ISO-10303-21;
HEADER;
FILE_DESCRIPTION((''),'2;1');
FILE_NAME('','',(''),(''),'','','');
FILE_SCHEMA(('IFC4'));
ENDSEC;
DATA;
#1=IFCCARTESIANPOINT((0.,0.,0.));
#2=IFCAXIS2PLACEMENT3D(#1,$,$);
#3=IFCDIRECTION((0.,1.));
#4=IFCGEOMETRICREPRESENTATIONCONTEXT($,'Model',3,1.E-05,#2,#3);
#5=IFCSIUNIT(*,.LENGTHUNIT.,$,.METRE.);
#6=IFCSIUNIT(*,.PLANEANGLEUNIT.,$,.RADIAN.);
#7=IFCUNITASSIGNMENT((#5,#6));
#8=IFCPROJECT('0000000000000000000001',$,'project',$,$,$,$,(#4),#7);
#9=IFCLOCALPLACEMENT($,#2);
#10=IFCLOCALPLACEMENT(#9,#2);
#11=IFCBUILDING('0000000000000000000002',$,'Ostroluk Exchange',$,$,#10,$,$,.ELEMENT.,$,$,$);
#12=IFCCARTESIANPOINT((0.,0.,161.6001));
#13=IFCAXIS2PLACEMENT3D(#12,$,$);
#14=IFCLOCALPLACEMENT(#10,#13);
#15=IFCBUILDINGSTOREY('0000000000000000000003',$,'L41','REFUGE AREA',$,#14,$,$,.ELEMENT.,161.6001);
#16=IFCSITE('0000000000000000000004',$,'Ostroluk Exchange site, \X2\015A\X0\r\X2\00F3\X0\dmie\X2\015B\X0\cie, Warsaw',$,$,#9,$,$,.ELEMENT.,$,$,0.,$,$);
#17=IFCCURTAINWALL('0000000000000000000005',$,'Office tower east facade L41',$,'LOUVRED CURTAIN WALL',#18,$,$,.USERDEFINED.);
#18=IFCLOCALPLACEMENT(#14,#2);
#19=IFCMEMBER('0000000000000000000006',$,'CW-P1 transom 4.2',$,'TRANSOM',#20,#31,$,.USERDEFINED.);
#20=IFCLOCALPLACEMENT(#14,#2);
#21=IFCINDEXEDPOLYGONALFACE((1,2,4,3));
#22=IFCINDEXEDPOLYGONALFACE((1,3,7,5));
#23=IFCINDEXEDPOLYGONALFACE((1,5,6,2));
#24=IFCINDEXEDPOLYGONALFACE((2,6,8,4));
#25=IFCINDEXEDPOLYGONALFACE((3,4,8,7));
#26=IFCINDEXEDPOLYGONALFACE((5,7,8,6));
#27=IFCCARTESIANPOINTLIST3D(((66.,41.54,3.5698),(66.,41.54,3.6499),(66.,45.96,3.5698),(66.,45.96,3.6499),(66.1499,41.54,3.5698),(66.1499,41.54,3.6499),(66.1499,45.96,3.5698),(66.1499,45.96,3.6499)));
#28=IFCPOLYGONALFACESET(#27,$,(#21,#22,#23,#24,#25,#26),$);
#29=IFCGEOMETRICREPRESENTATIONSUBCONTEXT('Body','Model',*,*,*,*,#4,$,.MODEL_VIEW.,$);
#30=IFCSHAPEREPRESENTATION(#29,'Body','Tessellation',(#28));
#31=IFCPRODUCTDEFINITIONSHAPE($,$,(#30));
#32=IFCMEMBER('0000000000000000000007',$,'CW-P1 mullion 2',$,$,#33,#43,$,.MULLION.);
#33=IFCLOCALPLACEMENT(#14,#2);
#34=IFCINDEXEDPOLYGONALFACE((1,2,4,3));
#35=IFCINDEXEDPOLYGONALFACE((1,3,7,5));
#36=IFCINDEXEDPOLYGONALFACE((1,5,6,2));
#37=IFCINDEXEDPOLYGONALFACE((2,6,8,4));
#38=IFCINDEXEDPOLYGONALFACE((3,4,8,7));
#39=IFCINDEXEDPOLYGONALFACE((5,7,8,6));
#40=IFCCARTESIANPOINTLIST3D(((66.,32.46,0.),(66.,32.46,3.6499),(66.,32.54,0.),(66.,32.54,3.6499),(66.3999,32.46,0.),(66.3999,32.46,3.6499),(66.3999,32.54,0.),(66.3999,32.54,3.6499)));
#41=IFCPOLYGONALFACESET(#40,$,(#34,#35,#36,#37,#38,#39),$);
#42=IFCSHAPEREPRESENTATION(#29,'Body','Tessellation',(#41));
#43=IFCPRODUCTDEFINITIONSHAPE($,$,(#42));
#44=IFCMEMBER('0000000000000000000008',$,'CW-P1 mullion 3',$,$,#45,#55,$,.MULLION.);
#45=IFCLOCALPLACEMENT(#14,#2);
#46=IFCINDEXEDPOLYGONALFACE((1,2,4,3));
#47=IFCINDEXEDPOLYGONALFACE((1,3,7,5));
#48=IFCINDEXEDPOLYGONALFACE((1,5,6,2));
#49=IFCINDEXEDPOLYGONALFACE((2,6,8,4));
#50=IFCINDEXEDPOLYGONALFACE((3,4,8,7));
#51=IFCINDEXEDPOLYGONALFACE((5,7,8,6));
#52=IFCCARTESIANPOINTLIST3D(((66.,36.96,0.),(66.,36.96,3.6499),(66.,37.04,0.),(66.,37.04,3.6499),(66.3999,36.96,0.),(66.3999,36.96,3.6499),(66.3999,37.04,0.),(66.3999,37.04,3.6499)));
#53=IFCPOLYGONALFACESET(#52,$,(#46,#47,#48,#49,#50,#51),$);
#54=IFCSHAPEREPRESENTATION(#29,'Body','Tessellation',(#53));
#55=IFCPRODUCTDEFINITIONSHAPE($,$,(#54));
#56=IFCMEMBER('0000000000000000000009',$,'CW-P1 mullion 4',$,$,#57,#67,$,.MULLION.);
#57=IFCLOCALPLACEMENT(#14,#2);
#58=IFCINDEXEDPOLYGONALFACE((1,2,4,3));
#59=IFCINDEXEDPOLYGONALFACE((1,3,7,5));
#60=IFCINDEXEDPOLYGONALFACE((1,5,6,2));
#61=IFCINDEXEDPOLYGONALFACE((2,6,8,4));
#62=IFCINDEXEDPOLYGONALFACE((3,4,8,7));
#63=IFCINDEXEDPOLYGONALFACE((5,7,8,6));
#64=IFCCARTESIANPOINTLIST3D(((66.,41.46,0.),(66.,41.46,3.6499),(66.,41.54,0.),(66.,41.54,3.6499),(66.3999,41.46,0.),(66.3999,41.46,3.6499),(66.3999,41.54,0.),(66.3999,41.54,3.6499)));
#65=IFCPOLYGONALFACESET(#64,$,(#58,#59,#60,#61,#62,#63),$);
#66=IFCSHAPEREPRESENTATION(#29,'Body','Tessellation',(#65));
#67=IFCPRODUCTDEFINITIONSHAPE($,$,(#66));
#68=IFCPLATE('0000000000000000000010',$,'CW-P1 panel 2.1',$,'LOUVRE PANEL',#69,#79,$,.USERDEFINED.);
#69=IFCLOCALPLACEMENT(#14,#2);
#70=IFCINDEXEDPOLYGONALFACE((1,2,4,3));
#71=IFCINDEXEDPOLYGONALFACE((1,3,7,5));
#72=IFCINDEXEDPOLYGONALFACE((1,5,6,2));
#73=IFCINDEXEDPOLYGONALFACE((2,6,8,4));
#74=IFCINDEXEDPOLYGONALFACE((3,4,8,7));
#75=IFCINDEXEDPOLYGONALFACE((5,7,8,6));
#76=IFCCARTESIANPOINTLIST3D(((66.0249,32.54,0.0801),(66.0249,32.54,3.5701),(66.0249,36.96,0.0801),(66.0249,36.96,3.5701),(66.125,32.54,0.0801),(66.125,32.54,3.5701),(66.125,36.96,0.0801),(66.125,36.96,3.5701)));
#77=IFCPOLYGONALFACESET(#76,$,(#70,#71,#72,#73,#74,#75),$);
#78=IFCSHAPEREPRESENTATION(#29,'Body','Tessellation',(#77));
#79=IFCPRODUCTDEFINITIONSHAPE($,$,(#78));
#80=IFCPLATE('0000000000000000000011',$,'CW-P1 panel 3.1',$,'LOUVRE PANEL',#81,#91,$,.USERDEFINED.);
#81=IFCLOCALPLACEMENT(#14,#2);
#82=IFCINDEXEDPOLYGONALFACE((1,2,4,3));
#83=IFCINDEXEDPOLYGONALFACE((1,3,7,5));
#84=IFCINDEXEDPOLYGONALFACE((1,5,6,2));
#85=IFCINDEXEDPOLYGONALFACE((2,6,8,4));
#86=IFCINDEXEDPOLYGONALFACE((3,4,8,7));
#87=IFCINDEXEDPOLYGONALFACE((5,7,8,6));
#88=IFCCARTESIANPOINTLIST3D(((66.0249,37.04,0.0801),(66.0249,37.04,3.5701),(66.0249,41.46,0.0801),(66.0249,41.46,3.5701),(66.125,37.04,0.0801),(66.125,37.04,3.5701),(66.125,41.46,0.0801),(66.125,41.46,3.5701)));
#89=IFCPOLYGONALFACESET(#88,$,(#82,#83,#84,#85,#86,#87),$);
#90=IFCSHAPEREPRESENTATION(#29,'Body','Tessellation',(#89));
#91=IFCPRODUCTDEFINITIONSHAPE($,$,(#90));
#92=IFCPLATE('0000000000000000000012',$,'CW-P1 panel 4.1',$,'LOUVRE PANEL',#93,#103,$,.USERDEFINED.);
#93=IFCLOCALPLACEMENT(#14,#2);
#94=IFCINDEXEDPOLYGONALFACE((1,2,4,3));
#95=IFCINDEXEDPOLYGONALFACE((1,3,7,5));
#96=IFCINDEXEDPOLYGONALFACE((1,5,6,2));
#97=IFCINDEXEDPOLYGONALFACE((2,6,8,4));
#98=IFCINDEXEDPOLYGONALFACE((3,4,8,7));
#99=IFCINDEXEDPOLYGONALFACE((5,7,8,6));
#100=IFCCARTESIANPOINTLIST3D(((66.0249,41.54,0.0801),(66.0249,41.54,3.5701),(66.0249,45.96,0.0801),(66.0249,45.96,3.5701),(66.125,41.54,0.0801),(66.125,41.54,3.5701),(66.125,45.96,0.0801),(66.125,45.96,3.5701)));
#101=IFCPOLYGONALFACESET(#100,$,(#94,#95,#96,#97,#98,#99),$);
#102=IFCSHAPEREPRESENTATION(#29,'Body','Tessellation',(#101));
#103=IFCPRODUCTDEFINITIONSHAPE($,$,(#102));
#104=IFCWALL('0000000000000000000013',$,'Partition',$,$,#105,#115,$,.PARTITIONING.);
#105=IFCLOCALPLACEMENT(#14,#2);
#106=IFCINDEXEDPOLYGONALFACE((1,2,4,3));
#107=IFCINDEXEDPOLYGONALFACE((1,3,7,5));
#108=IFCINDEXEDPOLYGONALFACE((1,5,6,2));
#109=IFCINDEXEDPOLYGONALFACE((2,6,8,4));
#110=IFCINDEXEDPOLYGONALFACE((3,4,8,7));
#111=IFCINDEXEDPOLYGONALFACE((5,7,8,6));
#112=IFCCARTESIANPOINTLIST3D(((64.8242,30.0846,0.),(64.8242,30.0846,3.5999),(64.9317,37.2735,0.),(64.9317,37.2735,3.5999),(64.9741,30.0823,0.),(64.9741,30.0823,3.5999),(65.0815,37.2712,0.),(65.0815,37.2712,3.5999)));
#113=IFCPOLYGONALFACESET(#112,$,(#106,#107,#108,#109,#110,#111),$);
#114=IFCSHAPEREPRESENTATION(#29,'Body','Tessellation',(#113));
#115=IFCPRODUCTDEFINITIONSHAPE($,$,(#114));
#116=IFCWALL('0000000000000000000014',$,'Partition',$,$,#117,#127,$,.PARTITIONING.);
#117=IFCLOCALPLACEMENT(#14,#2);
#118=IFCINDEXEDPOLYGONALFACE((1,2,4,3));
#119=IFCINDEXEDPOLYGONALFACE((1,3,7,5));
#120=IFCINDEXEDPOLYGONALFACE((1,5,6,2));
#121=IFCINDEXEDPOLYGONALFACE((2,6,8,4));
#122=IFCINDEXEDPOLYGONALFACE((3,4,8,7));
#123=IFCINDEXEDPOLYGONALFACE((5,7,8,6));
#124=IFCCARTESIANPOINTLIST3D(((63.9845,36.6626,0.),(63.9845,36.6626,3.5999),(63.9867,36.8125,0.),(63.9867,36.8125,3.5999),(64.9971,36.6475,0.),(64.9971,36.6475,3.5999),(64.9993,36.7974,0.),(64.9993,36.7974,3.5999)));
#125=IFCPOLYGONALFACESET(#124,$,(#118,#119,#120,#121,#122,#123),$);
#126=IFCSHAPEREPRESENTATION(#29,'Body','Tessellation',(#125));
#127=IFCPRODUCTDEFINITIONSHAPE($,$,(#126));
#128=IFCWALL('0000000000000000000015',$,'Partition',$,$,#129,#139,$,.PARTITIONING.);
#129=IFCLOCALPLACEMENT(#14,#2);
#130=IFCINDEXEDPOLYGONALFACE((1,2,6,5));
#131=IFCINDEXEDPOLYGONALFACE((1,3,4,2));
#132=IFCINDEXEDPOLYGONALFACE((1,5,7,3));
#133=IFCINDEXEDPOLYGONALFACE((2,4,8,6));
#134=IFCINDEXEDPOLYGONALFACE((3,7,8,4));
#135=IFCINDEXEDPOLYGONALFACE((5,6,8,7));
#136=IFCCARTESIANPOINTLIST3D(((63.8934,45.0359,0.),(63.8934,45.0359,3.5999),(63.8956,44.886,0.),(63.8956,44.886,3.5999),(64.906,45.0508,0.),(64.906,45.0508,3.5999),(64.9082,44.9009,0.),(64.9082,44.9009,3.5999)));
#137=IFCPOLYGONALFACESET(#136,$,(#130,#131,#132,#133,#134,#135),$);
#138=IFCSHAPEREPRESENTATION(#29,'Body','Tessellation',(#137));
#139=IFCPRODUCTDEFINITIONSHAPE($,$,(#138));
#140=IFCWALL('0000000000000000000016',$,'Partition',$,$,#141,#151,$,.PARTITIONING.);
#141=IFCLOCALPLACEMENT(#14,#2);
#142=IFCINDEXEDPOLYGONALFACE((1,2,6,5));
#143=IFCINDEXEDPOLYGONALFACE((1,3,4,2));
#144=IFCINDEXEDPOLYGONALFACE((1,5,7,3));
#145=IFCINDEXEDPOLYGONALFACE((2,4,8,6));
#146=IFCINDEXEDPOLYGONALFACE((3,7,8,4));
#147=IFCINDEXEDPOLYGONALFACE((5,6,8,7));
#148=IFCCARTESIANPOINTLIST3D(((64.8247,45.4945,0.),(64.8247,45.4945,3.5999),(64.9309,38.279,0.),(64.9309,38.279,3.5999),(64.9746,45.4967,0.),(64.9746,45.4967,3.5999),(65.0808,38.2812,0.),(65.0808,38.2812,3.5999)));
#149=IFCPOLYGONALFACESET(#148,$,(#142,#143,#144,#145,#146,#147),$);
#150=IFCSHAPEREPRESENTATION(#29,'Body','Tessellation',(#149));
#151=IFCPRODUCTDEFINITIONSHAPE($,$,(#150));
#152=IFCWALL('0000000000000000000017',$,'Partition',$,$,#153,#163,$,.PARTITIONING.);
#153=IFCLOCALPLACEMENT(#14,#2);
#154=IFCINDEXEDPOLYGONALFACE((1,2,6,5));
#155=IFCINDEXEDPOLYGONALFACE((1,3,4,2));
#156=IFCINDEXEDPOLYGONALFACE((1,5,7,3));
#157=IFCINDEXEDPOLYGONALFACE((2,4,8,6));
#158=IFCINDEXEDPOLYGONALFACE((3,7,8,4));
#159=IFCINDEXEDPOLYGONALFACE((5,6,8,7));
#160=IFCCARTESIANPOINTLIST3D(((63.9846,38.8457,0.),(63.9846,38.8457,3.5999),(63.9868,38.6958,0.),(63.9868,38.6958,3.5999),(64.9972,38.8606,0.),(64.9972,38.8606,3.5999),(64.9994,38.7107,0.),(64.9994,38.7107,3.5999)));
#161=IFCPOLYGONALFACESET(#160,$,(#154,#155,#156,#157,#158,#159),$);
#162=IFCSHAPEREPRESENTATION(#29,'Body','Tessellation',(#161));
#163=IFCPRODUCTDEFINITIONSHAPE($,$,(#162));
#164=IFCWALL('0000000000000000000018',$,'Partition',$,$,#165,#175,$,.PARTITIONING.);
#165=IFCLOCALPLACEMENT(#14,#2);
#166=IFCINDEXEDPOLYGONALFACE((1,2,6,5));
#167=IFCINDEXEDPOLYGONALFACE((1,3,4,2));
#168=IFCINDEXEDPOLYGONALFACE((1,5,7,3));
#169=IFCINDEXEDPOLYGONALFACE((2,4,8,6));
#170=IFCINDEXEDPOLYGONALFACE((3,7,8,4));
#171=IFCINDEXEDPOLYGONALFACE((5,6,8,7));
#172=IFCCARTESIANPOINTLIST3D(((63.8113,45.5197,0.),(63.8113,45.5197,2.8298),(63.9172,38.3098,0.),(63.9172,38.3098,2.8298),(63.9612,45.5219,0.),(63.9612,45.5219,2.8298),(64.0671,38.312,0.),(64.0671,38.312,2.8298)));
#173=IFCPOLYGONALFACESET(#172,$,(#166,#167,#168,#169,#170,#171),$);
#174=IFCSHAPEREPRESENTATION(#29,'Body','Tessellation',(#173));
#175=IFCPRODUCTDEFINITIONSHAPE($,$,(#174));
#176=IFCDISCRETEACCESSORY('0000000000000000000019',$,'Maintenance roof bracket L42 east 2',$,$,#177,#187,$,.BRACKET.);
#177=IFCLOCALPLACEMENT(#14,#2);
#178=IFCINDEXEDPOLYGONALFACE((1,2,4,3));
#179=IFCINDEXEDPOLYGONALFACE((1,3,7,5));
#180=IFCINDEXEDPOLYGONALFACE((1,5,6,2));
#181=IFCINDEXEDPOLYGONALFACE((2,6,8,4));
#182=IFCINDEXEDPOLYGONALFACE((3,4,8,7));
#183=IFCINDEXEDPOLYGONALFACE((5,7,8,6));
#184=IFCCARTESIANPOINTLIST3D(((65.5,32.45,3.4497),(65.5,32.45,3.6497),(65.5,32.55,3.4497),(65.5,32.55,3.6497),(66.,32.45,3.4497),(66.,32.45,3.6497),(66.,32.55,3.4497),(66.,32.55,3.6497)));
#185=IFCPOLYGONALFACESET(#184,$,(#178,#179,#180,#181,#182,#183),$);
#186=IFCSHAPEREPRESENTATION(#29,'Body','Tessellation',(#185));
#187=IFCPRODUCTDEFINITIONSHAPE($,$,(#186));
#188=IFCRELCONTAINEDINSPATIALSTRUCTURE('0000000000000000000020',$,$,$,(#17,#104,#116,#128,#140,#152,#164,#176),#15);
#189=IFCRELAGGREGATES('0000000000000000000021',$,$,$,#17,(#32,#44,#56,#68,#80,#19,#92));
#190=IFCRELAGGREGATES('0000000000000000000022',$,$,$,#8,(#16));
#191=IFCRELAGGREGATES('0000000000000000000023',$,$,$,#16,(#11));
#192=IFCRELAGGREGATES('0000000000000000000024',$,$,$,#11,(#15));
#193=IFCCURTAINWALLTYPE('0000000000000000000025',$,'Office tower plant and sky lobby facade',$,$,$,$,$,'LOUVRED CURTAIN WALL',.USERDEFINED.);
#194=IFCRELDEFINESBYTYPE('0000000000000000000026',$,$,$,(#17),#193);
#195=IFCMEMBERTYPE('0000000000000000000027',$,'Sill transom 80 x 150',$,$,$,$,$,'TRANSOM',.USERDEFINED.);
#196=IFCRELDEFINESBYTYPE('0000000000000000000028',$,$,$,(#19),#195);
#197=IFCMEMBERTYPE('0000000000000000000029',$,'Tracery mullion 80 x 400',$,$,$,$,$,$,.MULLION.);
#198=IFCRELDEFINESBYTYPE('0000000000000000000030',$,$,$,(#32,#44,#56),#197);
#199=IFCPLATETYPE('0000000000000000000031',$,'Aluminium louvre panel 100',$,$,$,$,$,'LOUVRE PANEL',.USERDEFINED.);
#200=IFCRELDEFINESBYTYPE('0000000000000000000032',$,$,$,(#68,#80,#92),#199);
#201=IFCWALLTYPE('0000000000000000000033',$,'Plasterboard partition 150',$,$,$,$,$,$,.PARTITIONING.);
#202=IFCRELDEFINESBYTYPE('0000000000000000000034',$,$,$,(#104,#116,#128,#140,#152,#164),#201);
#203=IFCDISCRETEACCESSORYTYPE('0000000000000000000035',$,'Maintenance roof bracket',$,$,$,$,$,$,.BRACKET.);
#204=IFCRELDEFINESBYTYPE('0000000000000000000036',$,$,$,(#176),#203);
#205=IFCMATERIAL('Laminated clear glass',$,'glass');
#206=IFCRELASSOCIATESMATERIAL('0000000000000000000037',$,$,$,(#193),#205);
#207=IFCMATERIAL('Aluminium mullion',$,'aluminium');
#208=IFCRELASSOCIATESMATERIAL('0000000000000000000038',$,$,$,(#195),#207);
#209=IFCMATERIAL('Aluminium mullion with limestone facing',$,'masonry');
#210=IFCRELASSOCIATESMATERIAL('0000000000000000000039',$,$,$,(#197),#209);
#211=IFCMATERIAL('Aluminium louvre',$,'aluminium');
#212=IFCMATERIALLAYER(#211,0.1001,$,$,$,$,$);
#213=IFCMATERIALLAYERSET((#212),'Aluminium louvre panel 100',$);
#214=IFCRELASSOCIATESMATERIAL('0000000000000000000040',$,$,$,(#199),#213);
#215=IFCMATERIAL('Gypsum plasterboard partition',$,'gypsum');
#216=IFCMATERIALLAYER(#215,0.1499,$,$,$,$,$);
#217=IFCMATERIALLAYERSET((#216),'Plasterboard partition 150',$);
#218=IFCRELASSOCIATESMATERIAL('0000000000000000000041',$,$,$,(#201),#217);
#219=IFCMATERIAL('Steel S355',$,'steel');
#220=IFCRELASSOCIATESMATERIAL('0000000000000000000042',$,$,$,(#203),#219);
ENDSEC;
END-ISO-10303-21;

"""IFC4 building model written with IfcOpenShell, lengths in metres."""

from ifc_helpers import new_model, si_unit, direction, frame, frame_2d, origin, origin_2d, place, context, subcontext, project, spatial, rectangle, extrude, material, layer, layer_set, material_profile, profile_set, type_object, element, aggregate, save


model = new_model("IFC4")

# Units and contexts
model_context = context("Model", 3, precision=1e-05, world=origin(), true_north=direction((0.0, 1.0)))
body_context = subcontext(model_context, "Body", "Model", "MODEL_VIEW")
ifc_project = project(units=[si_unit("LENGTHUNIT", "METRE"), si_unit("PLANEANGLEUNIT", "RADIAN")], contexts=[model_context])

# Site, building, storey
site_placement = place(None, origin())
site = spatial("IfcSite", under=ifc_project, at=site_placement, Name="Ostroluk Exchange site, Śródmieście, Warsaw", CompositionType="ELEMENT", RefElevation=0.0)
building_placement = place(site_placement, origin())
building = spatial("IfcBuilding", under=site, at=building_placement, Name="Ostroluk Exchange", CompositionType="ELEMENT")
storey_placement = place(building_placement, frame((0.0, 0.0, 161.6001)))
storey = spatial("IfcBuildingStorey", under=building, at=storey_placement, Name="L41", Description="REFUGE AREA", CompositionType="ELEMENT", Elevation=161.6001)

# Curtain wall, members, plates
ifc_material_1 = material(Name="Laminated clear glass", Category="glass")
curtain_wall_type = type_object("IfcCurtainWallType", Name="Office tower plant and sky lobby facade", ElementType="LOUVRED CURTAIN WALL", PredefinedType="USERDEFINED", material=ifc_material_1)
curtain_wall_placement = place(storey_placement, origin())
curtain_wall = element("IfcCurtainWall", 1, at=curtain_wall_placement, inside=storey, type_object=curtain_wall_type, Name="Office tower east facade L41", ObjectType="LOUVRED CURTAIN WALL", PredefinedType="USERDEFINED")
ifc_material_2 = material(Name="Aluminium mullion", Category="aluminium")
ifc_material_profile_1 = material_profile(ifc_material_2, rectangle(XDim=0.1499, YDim=0.0801, at=origin_2d()), Name="Sill transom 80 x 150")
ifc_profile_set_1 = profile_set([ifc_material_profile_1], Name="Aluminium mullion")
member_type_1 = type_object("IfcMemberType", Name="Sill transom 80 x 150", ElementType="TRANSOM", PredefinedType="USERDEFINED", material=ifc_profile_set_1)
member_1_placement = place(storey_placement, frame((66.075, 41.54, 3.6099), z_axis=(0.0, 1.0, 0.0), x_axis=(-1.0, 0.0, 0.0)))
member_1 = element("IfcMember", 2, at=member_1_placement, type_object=member_type_1, Name="CW-P1 transom 4.2", ObjectType="TRANSOM", PredefinedType="USERDEFINED", context=body_context, shape_type="SweptSolid", body=[
    extrude(rectangle(XDim=0.1499, YDim=0.0801, at=origin_2d()), origin(), (0.0, 0.0, 1.0), 4.4199),
])
ifc_material_3 = material(Name="Aluminium mullion with limestone facing", Category="masonry")
ifc_material_profile_2 = material_profile(ifc_material_3, rectangle(XDim=0.3999, YDim=0.0801, at=origin_2d()), Name="Tracery mullion 80 x 400")
ifc_profile_set_2 = profile_set([ifc_material_profile_2], Name="Aluminium mullion with limestone facing")
member_type_2 = type_object("IfcMemberType", Name="Tracery mullion 80 x 400", PredefinedType="MULLION", material=ifc_profile_set_2)
member_2_placement = place(storey_placement, frame((66.2, 32.5, 0.0), z_axis=(0.0, 0.0, 1.0), x_axis=(-1.0, 0.0, 0.0)))
member_2 = element("IfcMember", 3, at=member_2_placement, type_object=member_type_2, Name="CW-P1 mullion 2", PredefinedType="MULLION", context=body_context, shape_type="SweptSolid", body=[
    extrude(rectangle(XDim=0.3999, YDim=0.0801, at=origin_2d()), origin(), (0.0, 0.0, 1.0), 3.6499),
])
member_3_placement = place(storey_placement, frame((66.2, 37.0, 0.0), z_axis=(0.0, 0.0, 1.0), x_axis=(-1.0, 0.0, 0.0)))
member_3 = element("IfcMember", 4, at=member_3_placement, type_object=member_type_2, Name="CW-P1 mullion 3", PredefinedType="MULLION", context=body_context, shape_type="SweptSolid", body=[
    extrude(rectangle(XDim=0.3999, YDim=0.0801, at=origin_2d()), origin(), (0.0, 0.0, 1.0), 3.6499),
])
member_4_placement = place(storey_placement, frame((66.2, 41.5, 0.0), z_axis=(0.0, 0.0, 1.0), x_axis=(-1.0, 0.0, 0.0)))
member_4 = element("IfcMember", 5, at=member_4_placement, type_object=member_type_2, Name="CW-P1 mullion 4", PredefinedType="MULLION", context=body_context, shape_type="SweptSolid", body=[
    extrude(rectangle(XDim=0.3999, YDim=0.0801, at=origin_2d()), origin(), (0.0, 0.0, 1.0), 3.6499),
])
ifc_material_4 = material(Name="Aluminium louvre", Category="aluminium")
ifc_layer_1 = layer(ifc_material_4, 0.1001)
ifc_layer_set_1 = layer_set([ifc_layer_1], Name="Aluminium louvre panel 100")
plate_type = type_object("IfcPlateType", Name="Aluminium louvre panel 100", ElementType="LOUVRE PANEL", PredefinedType="USERDEFINED", material=ifc_layer_set_1)
plate_1_placement = place(storey_placement, frame((66.075, 34.75, 0.0801), z_axis=(0.0, 0.0, 1.0), x_axis=(0.0, 1.0, 0.0)))
plate_1 = element("IfcPlate", 6, at=plate_1_placement, type_object=plate_type, Name="CW-P1 panel 2.1", ObjectType="LOUVRE PANEL", PredefinedType="USERDEFINED", context=body_context, shape_type="SweptSolid", body=[
    extrude(rectangle(XDim=4.4199, YDim=0.1001, at=origin_2d()), origin(), (0.0, 0.0, 1.0), 3.49),
])
plate_2_placement = place(storey_placement, frame((66.075, 39.25, 0.0801), z_axis=(0.0, 0.0, 1.0), x_axis=(0.0, 1.0, 0.0)))
plate_2 = element("IfcPlate", 7, at=plate_2_placement, type_object=plate_type, Name="CW-P1 panel 3.1", ObjectType="LOUVRE PANEL", PredefinedType="USERDEFINED", context=body_context, shape_type="SweptSolid", body=[
    extrude(rectangle(XDim=4.4199, YDim=0.1001, at=origin_2d()), origin(), (0.0, 0.0, 1.0), 3.49),
])
plate_3_placement = place(storey_placement, frame((66.075, 43.75, 0.0801), z_axis=(0.0, 0.0, 1.0), x_axis=(0.0, 1.0, 0.0)))
plate_3 = element("IfcPlate", 8, at=plate_3_placement, type_object=plate_type, Name="CW-P1 panel 4.1", ObjectType="LOUVRE PANEL", PredefinedType="USERDEFINED", context=body_context, shape_type="SweptSolid", body=[
    extrude(rectangle(XDim=4.4199, YDim=0.1001, at=origin_2d()), origin(), (0.0, 0.0, 1.0), 3.49),
])
aggregate(curtain_wall, [member_2, member_3, member_4, plate_1, plate_2, member_1, plate_3])

# Walls
ifc_material_5 = material(Name="Gypsum plasterboard partition", Category="gypsum")
ifc_layer_2 = layer(ifc_material_5, 0.1499)
ifc_layer_set_2 = layer_set([ifc_layer_2], Name="Plasterboard partition 150")
wall_type = type_object("IfcWallType", Name="Plasterboard partition 150", PredefinedType="PARTITIONING", material=ifc_layer_set_2)
wall_1_placement = place(storey_placement, frame((65.0066, 37.2722, 0.0), z_axis=(0.0, 0.0, 1.0), x_axis=(-0.014941, -0.999888, 0.0)))
element("IfcWall", 9, at=wall_1_placement, inside=storey, type_object=wall_type, Name="Partition", PredefinedType="PARTITIONING", context=body_context, shape_type="SweptSolid", body=[
    extrude(rectangle(XDim=7.1897, YDim=0.1499, at=frame_2d((3.5947, 0.0))), origin(), (0.0, 0.0, 1.0), 3.5999),
])
for number, where, z_axis, x_axis, name in (
    (10, (63.9856, 36.7375, 0.0), (0.0, 0.0, 1.0), (0.999888, -0.014945, 0.0), "Partition"),
    (11, (63.8945, 44.9609, 0.0), (0.0, 0.0, 1.0), (0.999892, 0.014704, 0.0), "Partition"),
):
    element("IfcWall", number, at=place(storey_placement, frame(where, z_axis=z_axis, x_axis=x_axis)), inside=storey, type_object=wall_type, Name=name, PredefinedType="PARTITIONING", context=body_context, shape_type="SweptSolid", body=[
        extrude(rectangle(XDim=1.0127, YDim=0.1499, at=frame_2d((0.5063, 0.0))), origin(), (0.0, 0.0, 1.0), 3.5999),
    ])
wall_2_placement = place(storey_placement, frame((64.8997, 45.4956, 0.0), z_axis=(0.0, 0.0, 1.0), x_axis=(0.014717, -0.999892, 0.0)))
element("IfcWall", 12, at=wall_2_placement, inside=storey, type_object=wall_type, Name="Partition", PredefinedType="PARTITIONING", context=body_context, shape_type="SweptSolid", body=[
    extrude(rectangle(XDim=7.2163, YDim=0.1499, at=frame_2d((3.6082, 0.0))), origin(), (0.0, 0.0, 1.0), 3.5999),
])
wall_3_placement = place(storey_placement, frame((64.9983, 38.7856, 0.0), z_axis=(0.0, 0.0, 1.0), x_axis=(-0.999892, -0.014704, 0.0)))
element("IfcWall", 13, at=wall_3_placement, inside=storey, type_object=wall_type, Name="Partition", PredefinedType="PARTITIONING", context=body_context, shape_type="SweptSolid", body=[
    extrude(rectangle(XDim=1.0127, YDim=0.1499, at=frame_2d((0.5063, 0.0))), origin(), (0.0, 0.0, 1.0), 3.5999),
])
wall_4_placement = place(storey_placement, frame((63.9922, 38.3108, 0.0), z_axis=(0.0, 0.0, 1.0), x_axis=(-0.014694, 0.999892, 0.0)))
element("IfcWall", 14, at=wall_4_placement, inside=storey, type_object=wall_type, Name="Partition", PredefinedType="PARTITIONING", context=body_context, shape_type="SweptSolid", body=[
    extrude(rectangle(XDim=7.2107, YDim=0.1499, at=frame_2d((3.6055, 0.0))), origin(), (0.0, 0.0, 1.0), 2.8298),
])

# Discrete accessory
ifc_material_6 = material(Name="Steel S355", Category="steel")
discrete_accessory_type = type_object("IfcDiscreteAccessoryType", Name="Maintenance roof bracket", PredefinedType="BRACKET", material=ifc_material_6)
for number, where, z_axis, x_axis, name in (
    (15, (65.75, 32.5, 3.4497), (0.0, 0.0, 1.0), (1.0, 0.0, 0.0), "Maintenance roof bracket L42 east 2"),
):
    element("IfcDiscreteAccessory", number, at=place(storey_placement, frame(where, z_axis=z_axis, x_axis=x_axis)), inside=storey, type_object=discrete_accessory_type, Name=name, PredefinedType="BRACKET", context=body_context, shape_type="SweptSolid", body=[
        extrude(rectangle(XDim=0.5, YDim=0.1001, at=origin_2d()), origin(), (0.0, 0.0, 1.0), 0.2),
    ])

save(model, "model.ifc")
